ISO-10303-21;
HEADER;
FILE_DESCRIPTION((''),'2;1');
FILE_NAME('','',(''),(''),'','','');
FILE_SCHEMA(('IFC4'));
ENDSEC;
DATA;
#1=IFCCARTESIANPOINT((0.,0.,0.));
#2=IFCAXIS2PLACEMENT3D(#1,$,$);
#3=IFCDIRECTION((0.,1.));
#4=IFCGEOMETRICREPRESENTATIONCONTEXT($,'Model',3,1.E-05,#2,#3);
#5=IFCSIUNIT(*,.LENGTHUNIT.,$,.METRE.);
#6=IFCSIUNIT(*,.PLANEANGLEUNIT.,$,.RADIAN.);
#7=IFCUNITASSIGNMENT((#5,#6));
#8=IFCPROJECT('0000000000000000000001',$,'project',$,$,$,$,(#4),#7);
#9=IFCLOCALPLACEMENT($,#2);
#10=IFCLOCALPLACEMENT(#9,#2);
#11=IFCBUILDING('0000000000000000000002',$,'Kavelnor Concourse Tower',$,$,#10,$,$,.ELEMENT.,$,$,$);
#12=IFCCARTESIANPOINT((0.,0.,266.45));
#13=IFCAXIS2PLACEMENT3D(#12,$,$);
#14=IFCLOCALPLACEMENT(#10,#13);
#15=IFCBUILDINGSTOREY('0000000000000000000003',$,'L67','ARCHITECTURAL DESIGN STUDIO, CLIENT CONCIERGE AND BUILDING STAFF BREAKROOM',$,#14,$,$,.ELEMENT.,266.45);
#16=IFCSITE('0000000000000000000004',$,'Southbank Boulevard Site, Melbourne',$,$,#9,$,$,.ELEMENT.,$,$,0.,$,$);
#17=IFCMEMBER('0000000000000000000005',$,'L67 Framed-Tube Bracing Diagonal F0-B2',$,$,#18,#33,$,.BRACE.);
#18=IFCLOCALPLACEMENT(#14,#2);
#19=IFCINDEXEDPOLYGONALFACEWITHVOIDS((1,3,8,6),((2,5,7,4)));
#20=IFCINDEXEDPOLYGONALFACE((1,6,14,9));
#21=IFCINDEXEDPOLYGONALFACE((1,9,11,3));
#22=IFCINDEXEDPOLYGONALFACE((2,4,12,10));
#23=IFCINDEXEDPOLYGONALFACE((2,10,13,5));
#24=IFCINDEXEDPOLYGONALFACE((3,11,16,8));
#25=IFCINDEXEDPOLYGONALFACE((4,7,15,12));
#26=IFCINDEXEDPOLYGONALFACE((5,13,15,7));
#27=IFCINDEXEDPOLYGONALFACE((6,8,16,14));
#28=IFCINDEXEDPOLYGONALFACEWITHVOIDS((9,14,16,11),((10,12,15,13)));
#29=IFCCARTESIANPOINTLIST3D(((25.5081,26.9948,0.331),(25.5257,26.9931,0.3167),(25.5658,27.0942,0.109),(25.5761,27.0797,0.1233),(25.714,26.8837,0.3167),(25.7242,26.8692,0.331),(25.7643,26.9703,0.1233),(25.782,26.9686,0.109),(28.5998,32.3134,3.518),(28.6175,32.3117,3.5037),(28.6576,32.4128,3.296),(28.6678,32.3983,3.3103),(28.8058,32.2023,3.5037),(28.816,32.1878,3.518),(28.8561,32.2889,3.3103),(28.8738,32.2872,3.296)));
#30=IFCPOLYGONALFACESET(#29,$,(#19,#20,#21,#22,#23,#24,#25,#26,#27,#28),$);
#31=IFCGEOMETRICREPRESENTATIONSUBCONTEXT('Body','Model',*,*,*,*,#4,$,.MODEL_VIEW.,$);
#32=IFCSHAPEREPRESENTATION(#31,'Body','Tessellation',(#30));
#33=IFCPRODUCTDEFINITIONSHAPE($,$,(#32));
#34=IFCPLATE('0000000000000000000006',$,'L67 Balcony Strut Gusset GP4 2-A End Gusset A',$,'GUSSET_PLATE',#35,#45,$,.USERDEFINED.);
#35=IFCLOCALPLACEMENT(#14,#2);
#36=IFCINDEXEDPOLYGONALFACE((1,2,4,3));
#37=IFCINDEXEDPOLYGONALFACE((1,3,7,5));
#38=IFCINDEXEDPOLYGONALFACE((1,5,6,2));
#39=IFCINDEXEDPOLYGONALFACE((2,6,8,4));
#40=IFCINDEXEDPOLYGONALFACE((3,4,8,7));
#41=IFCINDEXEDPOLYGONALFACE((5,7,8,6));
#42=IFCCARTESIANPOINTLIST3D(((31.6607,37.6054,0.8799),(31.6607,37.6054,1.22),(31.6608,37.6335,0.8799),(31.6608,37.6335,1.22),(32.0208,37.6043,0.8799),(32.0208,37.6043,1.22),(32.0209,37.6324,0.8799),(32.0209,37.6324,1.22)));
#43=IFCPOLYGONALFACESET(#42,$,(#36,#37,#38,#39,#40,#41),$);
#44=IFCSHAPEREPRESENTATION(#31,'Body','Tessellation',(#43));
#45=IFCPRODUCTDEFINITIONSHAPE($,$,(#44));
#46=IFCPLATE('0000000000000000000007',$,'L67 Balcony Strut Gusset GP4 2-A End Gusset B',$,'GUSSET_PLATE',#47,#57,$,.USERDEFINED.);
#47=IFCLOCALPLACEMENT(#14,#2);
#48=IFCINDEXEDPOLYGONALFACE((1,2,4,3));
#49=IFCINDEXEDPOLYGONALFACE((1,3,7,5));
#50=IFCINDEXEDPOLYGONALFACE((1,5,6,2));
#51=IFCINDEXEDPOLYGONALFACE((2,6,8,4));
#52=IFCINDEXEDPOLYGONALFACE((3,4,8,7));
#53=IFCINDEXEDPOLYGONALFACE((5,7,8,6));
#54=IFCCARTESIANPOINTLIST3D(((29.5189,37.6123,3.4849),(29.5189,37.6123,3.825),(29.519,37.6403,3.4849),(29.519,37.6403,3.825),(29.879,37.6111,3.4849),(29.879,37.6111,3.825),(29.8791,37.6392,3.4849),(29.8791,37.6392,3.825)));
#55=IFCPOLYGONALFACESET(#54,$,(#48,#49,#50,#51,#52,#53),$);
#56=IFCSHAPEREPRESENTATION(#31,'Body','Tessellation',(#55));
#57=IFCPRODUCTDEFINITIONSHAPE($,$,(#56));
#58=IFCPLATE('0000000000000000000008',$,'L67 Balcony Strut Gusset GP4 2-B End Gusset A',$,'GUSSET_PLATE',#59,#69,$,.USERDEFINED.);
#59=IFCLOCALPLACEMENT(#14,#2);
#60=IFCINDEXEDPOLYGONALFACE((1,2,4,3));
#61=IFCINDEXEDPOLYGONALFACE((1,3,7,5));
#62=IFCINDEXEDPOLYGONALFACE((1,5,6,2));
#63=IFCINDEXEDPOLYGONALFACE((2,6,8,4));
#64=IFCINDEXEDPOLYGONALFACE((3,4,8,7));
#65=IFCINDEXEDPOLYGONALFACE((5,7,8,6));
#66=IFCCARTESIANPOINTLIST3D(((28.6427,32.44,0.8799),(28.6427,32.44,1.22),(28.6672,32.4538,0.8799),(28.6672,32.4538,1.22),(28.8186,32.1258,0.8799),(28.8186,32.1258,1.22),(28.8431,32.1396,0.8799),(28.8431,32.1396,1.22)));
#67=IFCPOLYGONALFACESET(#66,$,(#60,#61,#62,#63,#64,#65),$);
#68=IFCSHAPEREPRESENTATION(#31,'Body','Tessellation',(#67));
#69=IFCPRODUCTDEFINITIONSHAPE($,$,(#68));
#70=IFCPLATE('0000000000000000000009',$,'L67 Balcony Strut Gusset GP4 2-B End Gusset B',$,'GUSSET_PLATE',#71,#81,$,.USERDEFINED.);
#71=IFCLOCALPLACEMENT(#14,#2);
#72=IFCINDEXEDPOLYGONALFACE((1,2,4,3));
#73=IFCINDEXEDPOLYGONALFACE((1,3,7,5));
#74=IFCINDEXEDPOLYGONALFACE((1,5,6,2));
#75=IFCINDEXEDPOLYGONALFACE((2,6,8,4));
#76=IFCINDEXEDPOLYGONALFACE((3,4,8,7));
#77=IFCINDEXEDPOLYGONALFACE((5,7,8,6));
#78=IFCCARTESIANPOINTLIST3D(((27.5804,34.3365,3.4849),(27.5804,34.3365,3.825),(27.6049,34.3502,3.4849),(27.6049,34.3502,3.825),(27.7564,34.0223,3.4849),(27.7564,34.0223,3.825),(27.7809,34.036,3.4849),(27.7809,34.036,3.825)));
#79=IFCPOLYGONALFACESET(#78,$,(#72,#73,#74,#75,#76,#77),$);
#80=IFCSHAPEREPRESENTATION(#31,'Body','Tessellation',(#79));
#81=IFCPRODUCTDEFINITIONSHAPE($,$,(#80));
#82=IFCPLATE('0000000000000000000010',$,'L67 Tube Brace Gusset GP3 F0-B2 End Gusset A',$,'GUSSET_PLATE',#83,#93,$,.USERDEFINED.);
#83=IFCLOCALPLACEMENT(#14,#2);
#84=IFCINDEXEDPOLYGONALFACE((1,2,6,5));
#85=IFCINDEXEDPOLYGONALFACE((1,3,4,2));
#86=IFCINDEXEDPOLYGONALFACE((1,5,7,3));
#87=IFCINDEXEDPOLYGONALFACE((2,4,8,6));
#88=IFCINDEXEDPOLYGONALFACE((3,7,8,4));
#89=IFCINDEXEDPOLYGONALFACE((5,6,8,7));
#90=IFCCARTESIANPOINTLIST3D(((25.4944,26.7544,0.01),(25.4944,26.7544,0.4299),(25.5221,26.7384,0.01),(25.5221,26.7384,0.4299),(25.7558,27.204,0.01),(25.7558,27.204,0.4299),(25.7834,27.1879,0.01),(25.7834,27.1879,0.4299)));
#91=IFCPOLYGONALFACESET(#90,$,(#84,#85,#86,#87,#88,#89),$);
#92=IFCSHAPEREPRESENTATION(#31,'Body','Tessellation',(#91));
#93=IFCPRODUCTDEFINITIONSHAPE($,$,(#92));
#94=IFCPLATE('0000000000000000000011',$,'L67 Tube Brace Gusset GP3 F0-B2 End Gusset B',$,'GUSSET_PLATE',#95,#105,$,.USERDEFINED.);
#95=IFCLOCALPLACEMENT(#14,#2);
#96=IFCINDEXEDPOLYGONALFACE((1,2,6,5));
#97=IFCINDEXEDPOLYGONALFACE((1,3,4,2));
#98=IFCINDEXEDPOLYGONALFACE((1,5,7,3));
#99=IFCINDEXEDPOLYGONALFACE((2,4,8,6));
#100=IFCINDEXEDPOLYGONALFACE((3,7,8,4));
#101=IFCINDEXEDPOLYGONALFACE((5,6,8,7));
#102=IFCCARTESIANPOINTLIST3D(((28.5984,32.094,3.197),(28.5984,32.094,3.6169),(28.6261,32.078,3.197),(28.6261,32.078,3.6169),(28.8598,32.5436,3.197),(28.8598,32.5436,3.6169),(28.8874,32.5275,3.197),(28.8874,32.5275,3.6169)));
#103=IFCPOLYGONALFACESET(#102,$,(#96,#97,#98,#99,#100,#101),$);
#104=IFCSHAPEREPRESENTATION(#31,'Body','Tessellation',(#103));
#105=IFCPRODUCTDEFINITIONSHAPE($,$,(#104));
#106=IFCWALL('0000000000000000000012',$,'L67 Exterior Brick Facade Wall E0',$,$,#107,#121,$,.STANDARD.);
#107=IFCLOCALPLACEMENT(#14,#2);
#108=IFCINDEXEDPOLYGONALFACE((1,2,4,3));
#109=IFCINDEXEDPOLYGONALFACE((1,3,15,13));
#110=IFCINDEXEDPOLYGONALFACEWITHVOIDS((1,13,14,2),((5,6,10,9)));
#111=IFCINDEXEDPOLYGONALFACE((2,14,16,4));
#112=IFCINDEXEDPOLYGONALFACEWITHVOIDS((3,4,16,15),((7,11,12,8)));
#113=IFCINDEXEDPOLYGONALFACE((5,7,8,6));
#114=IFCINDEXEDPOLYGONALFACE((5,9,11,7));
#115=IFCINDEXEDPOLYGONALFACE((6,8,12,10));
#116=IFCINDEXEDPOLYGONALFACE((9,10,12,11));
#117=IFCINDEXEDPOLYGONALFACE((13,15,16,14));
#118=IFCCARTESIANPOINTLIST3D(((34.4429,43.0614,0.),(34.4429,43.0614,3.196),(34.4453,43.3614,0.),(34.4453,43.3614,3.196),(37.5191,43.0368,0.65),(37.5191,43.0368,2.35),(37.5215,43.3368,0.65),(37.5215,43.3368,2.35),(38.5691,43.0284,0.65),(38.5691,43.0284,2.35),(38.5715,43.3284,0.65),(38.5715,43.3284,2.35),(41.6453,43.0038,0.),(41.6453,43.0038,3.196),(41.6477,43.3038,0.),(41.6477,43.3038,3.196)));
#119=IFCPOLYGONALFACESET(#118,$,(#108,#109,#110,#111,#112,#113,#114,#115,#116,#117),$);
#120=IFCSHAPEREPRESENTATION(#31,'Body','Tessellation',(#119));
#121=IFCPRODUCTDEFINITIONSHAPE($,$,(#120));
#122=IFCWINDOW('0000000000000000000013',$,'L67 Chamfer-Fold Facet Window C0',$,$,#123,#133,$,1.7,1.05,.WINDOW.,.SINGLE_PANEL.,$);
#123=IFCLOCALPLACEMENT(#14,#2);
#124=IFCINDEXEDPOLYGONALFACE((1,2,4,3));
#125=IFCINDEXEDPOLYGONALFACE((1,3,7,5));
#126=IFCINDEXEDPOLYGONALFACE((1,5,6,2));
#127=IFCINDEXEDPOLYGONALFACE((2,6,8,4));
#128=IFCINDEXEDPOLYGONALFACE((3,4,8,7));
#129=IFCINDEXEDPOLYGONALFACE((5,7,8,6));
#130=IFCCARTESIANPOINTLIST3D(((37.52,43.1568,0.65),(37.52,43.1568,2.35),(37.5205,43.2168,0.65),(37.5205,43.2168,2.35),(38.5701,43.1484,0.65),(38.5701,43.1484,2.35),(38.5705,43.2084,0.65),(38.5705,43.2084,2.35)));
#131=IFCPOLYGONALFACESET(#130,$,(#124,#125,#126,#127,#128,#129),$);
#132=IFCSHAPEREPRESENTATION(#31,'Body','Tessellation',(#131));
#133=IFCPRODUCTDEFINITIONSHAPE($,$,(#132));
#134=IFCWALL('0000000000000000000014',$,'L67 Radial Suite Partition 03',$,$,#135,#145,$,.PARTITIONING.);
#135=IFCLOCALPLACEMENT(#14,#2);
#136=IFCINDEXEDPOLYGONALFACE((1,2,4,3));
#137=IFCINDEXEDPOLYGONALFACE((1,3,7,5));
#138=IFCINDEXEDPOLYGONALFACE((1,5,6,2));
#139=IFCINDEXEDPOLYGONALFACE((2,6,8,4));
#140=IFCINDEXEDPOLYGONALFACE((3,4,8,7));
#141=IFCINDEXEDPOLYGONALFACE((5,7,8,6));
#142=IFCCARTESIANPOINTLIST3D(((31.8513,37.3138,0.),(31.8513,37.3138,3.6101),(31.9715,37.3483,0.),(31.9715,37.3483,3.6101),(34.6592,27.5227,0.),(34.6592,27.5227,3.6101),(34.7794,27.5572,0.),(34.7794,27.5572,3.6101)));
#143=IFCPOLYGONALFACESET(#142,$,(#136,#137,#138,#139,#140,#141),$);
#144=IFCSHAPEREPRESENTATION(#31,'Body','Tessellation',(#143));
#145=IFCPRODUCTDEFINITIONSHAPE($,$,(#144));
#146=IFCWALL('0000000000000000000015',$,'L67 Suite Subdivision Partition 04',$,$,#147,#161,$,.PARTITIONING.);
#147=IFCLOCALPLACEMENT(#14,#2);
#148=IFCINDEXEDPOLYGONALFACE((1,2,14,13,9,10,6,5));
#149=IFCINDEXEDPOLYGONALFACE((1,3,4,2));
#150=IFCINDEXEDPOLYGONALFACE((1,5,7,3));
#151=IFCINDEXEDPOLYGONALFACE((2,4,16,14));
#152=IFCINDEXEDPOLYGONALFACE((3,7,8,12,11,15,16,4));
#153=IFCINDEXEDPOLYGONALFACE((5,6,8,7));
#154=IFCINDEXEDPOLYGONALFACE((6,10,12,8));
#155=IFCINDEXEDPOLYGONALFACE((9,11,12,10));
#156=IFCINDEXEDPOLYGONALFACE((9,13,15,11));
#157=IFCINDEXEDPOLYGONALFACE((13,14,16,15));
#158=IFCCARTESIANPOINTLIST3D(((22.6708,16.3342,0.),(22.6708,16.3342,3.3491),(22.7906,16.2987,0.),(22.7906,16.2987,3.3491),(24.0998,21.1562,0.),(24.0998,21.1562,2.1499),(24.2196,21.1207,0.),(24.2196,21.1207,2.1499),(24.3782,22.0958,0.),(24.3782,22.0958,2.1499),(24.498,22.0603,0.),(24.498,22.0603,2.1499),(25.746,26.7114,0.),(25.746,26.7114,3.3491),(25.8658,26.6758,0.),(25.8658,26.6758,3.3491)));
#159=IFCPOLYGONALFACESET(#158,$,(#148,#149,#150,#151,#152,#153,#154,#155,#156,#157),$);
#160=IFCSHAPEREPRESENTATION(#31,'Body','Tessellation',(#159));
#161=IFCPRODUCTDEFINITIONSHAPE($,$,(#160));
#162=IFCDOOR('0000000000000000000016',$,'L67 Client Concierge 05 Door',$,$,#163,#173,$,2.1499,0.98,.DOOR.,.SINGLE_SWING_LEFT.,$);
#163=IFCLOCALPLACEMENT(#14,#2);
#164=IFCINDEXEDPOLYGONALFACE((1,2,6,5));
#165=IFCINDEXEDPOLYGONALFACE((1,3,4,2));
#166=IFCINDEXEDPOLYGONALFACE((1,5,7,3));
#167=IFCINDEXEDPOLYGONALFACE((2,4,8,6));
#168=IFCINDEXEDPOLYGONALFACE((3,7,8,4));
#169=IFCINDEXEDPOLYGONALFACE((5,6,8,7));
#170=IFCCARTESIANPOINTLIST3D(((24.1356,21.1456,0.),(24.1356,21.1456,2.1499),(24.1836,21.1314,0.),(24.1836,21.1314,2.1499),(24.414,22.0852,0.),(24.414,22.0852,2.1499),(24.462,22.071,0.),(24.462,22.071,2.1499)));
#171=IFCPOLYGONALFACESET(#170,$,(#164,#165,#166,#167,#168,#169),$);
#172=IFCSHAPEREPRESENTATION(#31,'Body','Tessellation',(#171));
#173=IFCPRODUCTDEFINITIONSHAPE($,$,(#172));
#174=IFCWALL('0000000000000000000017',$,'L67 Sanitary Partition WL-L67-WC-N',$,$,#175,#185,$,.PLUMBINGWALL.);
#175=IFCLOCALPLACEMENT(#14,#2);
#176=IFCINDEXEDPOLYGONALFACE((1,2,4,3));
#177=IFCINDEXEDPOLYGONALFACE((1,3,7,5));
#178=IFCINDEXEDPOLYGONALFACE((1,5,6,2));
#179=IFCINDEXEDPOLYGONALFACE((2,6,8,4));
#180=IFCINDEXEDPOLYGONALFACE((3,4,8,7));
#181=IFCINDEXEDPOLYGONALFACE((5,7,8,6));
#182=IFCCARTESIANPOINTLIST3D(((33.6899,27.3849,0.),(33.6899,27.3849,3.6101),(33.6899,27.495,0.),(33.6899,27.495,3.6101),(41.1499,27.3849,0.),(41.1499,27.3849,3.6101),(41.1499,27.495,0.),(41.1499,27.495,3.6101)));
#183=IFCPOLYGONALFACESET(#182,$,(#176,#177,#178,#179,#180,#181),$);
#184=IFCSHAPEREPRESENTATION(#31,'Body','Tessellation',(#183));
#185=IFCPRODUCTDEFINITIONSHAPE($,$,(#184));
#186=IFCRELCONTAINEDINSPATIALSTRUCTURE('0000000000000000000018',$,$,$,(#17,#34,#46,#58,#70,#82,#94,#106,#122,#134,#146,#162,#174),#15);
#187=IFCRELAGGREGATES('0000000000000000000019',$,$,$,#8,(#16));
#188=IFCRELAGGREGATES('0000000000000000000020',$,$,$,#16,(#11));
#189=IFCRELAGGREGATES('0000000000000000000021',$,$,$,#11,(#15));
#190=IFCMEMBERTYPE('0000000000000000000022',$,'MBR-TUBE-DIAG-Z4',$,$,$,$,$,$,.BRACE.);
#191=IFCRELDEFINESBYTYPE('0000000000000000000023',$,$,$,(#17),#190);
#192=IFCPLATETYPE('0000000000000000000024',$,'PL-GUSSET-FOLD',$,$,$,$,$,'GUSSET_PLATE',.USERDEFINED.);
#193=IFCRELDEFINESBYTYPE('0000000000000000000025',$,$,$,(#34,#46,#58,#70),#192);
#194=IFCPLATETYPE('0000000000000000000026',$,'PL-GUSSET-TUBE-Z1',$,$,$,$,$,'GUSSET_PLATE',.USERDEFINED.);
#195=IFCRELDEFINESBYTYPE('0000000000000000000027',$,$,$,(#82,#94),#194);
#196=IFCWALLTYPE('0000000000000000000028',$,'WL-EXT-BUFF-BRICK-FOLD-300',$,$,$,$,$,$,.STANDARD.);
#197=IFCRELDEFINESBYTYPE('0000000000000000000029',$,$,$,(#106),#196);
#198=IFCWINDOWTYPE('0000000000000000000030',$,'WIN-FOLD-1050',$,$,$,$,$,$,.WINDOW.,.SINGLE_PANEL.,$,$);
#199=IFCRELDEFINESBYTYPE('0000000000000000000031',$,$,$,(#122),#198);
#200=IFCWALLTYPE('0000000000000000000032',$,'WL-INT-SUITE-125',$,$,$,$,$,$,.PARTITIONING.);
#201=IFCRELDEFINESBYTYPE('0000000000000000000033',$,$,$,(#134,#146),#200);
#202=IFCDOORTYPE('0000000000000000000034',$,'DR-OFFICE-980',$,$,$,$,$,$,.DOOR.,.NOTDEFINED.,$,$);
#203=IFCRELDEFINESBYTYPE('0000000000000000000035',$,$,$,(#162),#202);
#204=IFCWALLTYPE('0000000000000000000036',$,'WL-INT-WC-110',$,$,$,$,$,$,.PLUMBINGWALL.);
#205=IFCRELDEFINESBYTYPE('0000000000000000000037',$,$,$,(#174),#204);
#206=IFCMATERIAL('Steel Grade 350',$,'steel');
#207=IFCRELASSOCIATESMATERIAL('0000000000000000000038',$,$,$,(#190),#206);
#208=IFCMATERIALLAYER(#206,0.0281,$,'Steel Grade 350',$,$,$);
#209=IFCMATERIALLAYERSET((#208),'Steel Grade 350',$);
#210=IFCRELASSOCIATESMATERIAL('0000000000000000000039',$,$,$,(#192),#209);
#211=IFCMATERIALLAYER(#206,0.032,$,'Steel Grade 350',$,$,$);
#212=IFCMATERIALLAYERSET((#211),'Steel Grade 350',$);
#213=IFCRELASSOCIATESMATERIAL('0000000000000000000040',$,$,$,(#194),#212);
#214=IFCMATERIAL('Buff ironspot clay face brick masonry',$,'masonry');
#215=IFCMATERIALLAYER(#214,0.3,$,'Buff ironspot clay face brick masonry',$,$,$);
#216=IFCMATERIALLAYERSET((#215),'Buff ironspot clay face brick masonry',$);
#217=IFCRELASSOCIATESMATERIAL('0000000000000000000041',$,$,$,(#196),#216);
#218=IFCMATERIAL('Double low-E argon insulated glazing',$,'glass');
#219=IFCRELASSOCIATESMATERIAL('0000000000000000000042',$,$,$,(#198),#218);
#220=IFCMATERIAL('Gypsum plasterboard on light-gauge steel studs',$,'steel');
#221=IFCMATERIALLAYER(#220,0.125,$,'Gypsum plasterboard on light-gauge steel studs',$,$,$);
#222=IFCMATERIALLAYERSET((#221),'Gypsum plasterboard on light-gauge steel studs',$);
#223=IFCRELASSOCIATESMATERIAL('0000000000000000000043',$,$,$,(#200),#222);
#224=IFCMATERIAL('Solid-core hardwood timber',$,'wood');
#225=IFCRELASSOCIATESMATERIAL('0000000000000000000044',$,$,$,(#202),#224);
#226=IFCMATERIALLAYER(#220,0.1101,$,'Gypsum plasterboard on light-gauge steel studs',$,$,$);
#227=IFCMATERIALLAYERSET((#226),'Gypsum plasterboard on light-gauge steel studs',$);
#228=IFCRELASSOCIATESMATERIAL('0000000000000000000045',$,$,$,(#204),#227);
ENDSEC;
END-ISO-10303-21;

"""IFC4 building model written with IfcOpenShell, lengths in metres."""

from ifc_helpers import new_model, si_unit, direction, frame, frame_2d, origin, origin_2d, place, context, subcontext, project, spatial, rectangle, hollow_rectangle, extrude, material, layer, layer_set, material_profile, profile_set, type_object, element, fill, save


model = new_model("IFC4")

# Units and contexts
model_context = context("Model", 3, precision=1e-05, world=origin(), true_north=direction((0.0, 1.0)))
body_context = subcontext(model_context, "Body", "Model", "MODEL_VIEW")
ifc_project = project(units=[si_unit("LENGTHUNIT", "METRE"), si_unit("PLANEANGLEUNIT", "RADIAN")], contexts=[model_context])

# Site, building, storey
site_placement = place(None, origin())
site = spatial("IfcSite", under=ifc_project, at=site_placement, Name="Southbank Boulevard Site, Melbourne", CompositionType="ELEMENT", RefElevation=0.0)
building_placement = place(site_placement, origin())
building = spatial("IfcBuilding", under=site, at=building_placement, Name="Kavelnor Concourse Tower", CompositionType="ELEMENT")
storey_placement = place(building_placement, frame((0.0, 0.0, 266.45)))
storey = spatial("IfcBuildingStorey", under=building, at=storey_placement, Name="L67", Description="ARCHITECTURAL DESIGN STUDIO, CLIENT CONCIERGE AND BUILDING STAFF BREAKROOM", CompositionType="ELEMENT", Elevation=266.45)

# Shared definitions
ifc_material_1 = material(Name="Steel Grade 350", Category="steel")

# Member
ifc_material_profile_1 = material_profile(ifc_material_1, hollow_rectangle(XDim=0.25, YDim=0.25, WallThickness=0.0161, at=origin_2d()), Name="SHS 250x250x16")
ifc_profile_set_1 = profile_set([ifc_material_profile_1], Name="Steel Grade 350")
member_type_1 = type_object("IfcMemberType", Name="MBR-TUBE-DIAG-Z4", PredefinedType="BRACE", material=ifc_profile_set_1)
member_1_placement = place(storey_placement, frame((25.645, 26.9817, 0.22), z_axis=(0.446245, 0.767644, 0.459987), x_axis=(-0.864536, 0.50257, 0.0)))
element("IfcMember", 1, at=member_1_placement, inside=storey, type_object=member_type_1, Name="L67 Framed-Tube Bracing Diagonal F0-B2", PredefinedType="BRACE", context=body_context, shape_type="SweptSolid", body=[
    extrude(hollow_rectangle(XDim=0.25, YDim=0.25, WallThickness=0.0161, at=origin_2d()), origin(), (0.0, 0.0, 1.0), 6.9285),
])

# Plates
ifc_layer_1 = layer(ifc_material_1, 0.0281, Name="Steel Grade 350")
ifc_layer_set_1 = layer_set([ifc_layer_1], Name="Steel Grade 350")
plate_type_1 = type_object("IfcPlateType", Name="PL-GUSSET-FOLD", ElementType="GUSSET_PLATE", PredefinedType="USERDEFINED", material=ifc_layer_set_1)
for number, where, z_axis, x_axis, name in (
    (2, (31.8408, 37.6189, 0.8799), (0.0, 0.0, 1.0), (-0.999995, 0.003142, 0.0), "L67 Balcony Strut Gusset GP4 2-A End Gusset A"),
    (3, (29.699, 37.6257, 3.4849), (0.0, 0.0, 1.0), (-0.999995, 0.003142, 0.0), "L67 Balcony Strut Gusset GP4 2-A End Gusset B"),
    (4, (28.7429, 32.2898, 0.8799), (0.0, 0.0, 1.0), (-0.488621, 0.872496, 0.0), "L67 Balcony Strut Gusset GP4 2-B End Gusset A"),
    (5, (27.6807, 34.1863, 3.4849), (0.0, 0.0, 1.0), (-0.488621, 0.872496, 0.0), "L67 Balcony Strut Gusset GP4 2-B End Gusset B"),
):
    element("IfcPlate", number, at=place(storey_placement, frame(where, z_axis=z_axis, x_axis=x_axis)), inside=storey, type_object=plate_type_1, Name=name, ObjectType="GUSSET_PLATE", PredefinedType="USERDEFINED", context=body_context, shape_type="SweptSolid", body=[
        extrude(rectangle(XDim=0.3601, YDim=0.0281, at=origin_2d()), origin(), (0.0, 0.0, 1.0), 0.3401),
    ])
ifc_layer_2 = layer(ifc_material_1, 0.032, Name="Steel Grade 350")
ifc_layer_set_2 = layer_set([ifc_layer_2], Name="Steel Grade 350")
plate_type_2 = type_object("IfcPlateType", Name="PL-GUSSET-TUBE-Z1", ElementType="GUSSET_PLATE", PredefinedType="USERDEFINED", material=ifc_layer_set_2)
for number, where, z_axis, x_axis, name in (
    (6, (25.6389, 26.9712, 0.01), (0.0, 0.0, 1.0), (0.502567, 0.864538, 0.0), "L67 Tube Brace Gusset GP3 F0-B2 End Gusset A"),
    (7, (28.7429, 32.3108, 3.197), (0.0, 0.0, 1.0), (0.502567, 0.864538, 0.0), "L67 Tube Brace Gusset GP3 F0-B2 End Gusset B"),
):
    element("IfcPlate", number, at=place(storey_placement, frame(where, z_axis=z_axis, x_axis=x_axis)), inside=storey, type_object=plate_type_2, Name=name, ObjectType="GUSSET_PLATE", PredefinedType="USERDEFINED", context=body_context, shape_type="SweptSolid", body=[
        extrude(rectangle(XDim=0.52, YDim=0.032, at=origin_2d()), origin(), (0.0, 0.0, 1.0), 0.4199),
    ])

# Wall, opening, window
ifc_material_2 = material(Name="Buff ironspot clay face brick masonry", Category="masonry")
ifc_layer_3 = layer(ifc_material_2, 0.3, Name="Buff ironspot clay face brick masonry")
ifc_layer_set_3 = layer_set([ifc_layer_3], Name="Buff ironspot clay face brick masonry")
wall_type_1 = type_object("IfcWallType", Name="WL-EXT-BUFF-BRICK-FOLD-300", PredefinedType="STANDARD", material=ifc_layer_set_3)
wall_1_placement = place(storey_placement, frame((34.4441, 43.2114, 0.0), z_axis=(0.0, 0.0, 1.0), x_axis=(0.999968, -0.007999, 0.0)))
wall_1 = element("IfcWall", 8, at=wall_1_placement, inside=storey, type_object=wall_type_1, Name="L67 Exterior Brick Facade Wall E0", PredefinedType="STANDARD", context=body_context, shape_type="SweptSolid", body=[
    extrude(rectangle(XDim=7.2026, YDim=0.3, at=frame_2d((3.6013, 0.0))), origin(), (0.0, 0.0, 1.0), 3.196),
])
opening_1_placement = place(wall_1_placement, frame((3.0764, 0.0, 0.6499)))
opening_1 = element("IfcOpeningElement", 9, at=opening_1_placement, cuts=wall_1, PredefinedType="OPENING", context=body_context, shape_type="SweptSolid", body=[
    extrude(rectangle(XDim=1.05, YDim=1.7, at=frame_2d((0.5249, 0.8501))), frame((0.0, 0.1602, 0.0), z_axis=(0.0, -1.0, 0.0), x_axis=(1.0, 0.0, 0.0)), (0.0, 0.0, 1.0), 0.3201),
])
ifc_material_3 = material(Name="Double low-E argon insulated glazing", Category="glass")
window_type = type_object("IfcWindowType", Name="WIN-FOLD-1050", PartitioningType="SINGLE_PANEL", PredefinedType="WINDOW", material=ifc_material_3)
window_placement = place(opening_1_placement, origin())
window = element("IfcWindow", 10, at=window_placement, inside=storey, type_object=window_type, Name="L67 Chamfer-Fold Facet Window C0", OverallHeight=1.7, OverallWidth=1.05, PartitioningType="SINGLE_PANEL", PredefinedType="WINDOW", context=body_context, shape_type="SweptSolid", body=[
    extrude(rectangle(XDim=1.05, YDim=1.7, at=frame_2d((0.5249, 0.8501))), frame((0.0, 0.03, 0.0), z_axis=(0.0, -1.0, 0.0), x_axis=(1.0, 0.0, 0.0)), (0.0, 0.0, 1.0), 0.0601),
])
fill(opening_1, window)

# Wall
ifc_material_4 = material(Name="Gypsum plasterboard on light-gauge steel studs", Category="steel")
ifc_layer_4 = layer(ifc_material_4, 0.125, Name="Gypsum plasterboard on light-gauge steel studs")
ifc_layer_set_4 = layer_set([ifc_layer_4], Name="Gypsum plasterboard on light-gauge steel studs")
wall_type_2 = type_object("IfcWallType", Name="WL-INT-SUITE-125", PredefinedType="PARTITIONING", material=ifc_layer_set_4)
wall_2_placement = place(storey_placement, frame((34.7192, 27.54, 0.0), z_axis=(0.0, 0.0, 1.0), x_axis=(-0.275668, 0.961253, 0.0)))
element("IfcWall", 11, at=wall_2_placement, inside=storey, type_object=wall_type_2, Name="L67 Radial Suite Partition 03", PredefinedType="PARTITIONING", context=body_context, shape_type="SweptSolid", body=[
    extrude(rectangle(XDim=10.1858, YDim=0.125, at=frame_2d((5.0928, 0.0))), origin(), (0.0, 0.0, 1.0), 3.6101),
])

# Wall, opening, door
wall_3_placement = place(storey_placement, frame((25.8059, 26.6936, 0.0), z_axis=(0.0, 0.0, 1.0), x_axis=(-0.284128, -0.958786, 0.0)))
wall_3 = element("IfcWall", 12, at=wall_3_placement, inside=storey, type_object=wall_type_2, Name="L67 Suite Subdivision Partition 04", PredefinedType="PARTITIONING", context=body_context, shape_type="SweptSolid", body=[
    extrude(rectangle(XDim=10.8232, YDim=0.125, at=frame_2d((5.4116, 0.0))), origin(), (0.0, 0.0, 1.0), 3.3491),
])
opening_2_placement = place(wall_3_placement, frame((4.814, 0.0, 0.0)))
opening_2 = element("IfcOpeningElement", 13, at=opening_2_placement, cuts=wall_3, PredefinedType="OPENING", context=body_context, shape_type="SweptSolid", body=[
    extrude(rectangle(XDim=0.98, YDim=2.1499, at=frame_2d((0.49, 1.075))), frame((0.0, 0.0725, 0.0), z_axis=(0.0, -1.0, 0.0), x_axis=(1.0, 0.0, 0.0)), (0.0, 0.0, 1.0), 0.145),
])
ifc_material_5 = material(Name="Solid-core hardwood timber", Category="wood")
door_type = type_object("IfcDoorType", Name="DR-OFFICE-980", OperationType="NOTDEFINED", PredefinedType="DOOR", material=ifc_material_5)
door_placement = place(opening_2_placement, origin())
door = element("IfcDoor", 14, at=door_placement, inside=storey, type_object=door_type, Name="L67 Client Concierge 05 Door", OperationType="SINGLE_SWING_LEFT", OverallHeight=2.1499, OverallWidth=0.98, PredefinedType="DOOR", context=body_context, shape_type="SweptSolid", body=[
    extrude(rectangle(XDim=0.98, YDim=2.1499, at=frame_2d((0.49, 1.075))), frame((0.0, 0.0249, 0.0), z_axis=(0.0, -1.0, 0.0), x_axis=(1.0, 0.0, 0.0)), (0.0, 0.0, 1.0), 0.05),
])
fill(opening_2, door)

# Wall
ifc_layer_5 = layer(ifc_material_4, 0.1101, Name="Gypsum plasterboard on light-gauge steel studs")
ifc_layer_set_5 = layer_set([ifc_layer_5], Name="Gypsum plasterboard on light-gauge steel studs")
wall_type_3 = type_object("IfcWallType", Name="WL-INT-WC-110", PredefinedType="PLUMBINGWALL", material=ifc_layer_set_5)
wall_4_placement = place(storey_placement, frame((33.6899, 27.4399, 0.0), z_axis=(0.0, 0.0, 1.0), x_axis=(1.0, 0.0, 0.0)))
element("IfcWall", 15, at=wall_4_placement, inside=storey, type_object=wall_type_3, Name="L67 Sanitary Partition WL-L67-WC-N", PredefinedType="PLUMBINGWALL", context=body_context, shape_type="SweptSolid", body=[
    extrude(rectangle(XDim=7.46, YDim=0.1101, at=frame_2d((3.73, 0.0))), origin(), (0.0, 0.0, 1.0), 3.6101),
])

save(model, "model.ifc")
